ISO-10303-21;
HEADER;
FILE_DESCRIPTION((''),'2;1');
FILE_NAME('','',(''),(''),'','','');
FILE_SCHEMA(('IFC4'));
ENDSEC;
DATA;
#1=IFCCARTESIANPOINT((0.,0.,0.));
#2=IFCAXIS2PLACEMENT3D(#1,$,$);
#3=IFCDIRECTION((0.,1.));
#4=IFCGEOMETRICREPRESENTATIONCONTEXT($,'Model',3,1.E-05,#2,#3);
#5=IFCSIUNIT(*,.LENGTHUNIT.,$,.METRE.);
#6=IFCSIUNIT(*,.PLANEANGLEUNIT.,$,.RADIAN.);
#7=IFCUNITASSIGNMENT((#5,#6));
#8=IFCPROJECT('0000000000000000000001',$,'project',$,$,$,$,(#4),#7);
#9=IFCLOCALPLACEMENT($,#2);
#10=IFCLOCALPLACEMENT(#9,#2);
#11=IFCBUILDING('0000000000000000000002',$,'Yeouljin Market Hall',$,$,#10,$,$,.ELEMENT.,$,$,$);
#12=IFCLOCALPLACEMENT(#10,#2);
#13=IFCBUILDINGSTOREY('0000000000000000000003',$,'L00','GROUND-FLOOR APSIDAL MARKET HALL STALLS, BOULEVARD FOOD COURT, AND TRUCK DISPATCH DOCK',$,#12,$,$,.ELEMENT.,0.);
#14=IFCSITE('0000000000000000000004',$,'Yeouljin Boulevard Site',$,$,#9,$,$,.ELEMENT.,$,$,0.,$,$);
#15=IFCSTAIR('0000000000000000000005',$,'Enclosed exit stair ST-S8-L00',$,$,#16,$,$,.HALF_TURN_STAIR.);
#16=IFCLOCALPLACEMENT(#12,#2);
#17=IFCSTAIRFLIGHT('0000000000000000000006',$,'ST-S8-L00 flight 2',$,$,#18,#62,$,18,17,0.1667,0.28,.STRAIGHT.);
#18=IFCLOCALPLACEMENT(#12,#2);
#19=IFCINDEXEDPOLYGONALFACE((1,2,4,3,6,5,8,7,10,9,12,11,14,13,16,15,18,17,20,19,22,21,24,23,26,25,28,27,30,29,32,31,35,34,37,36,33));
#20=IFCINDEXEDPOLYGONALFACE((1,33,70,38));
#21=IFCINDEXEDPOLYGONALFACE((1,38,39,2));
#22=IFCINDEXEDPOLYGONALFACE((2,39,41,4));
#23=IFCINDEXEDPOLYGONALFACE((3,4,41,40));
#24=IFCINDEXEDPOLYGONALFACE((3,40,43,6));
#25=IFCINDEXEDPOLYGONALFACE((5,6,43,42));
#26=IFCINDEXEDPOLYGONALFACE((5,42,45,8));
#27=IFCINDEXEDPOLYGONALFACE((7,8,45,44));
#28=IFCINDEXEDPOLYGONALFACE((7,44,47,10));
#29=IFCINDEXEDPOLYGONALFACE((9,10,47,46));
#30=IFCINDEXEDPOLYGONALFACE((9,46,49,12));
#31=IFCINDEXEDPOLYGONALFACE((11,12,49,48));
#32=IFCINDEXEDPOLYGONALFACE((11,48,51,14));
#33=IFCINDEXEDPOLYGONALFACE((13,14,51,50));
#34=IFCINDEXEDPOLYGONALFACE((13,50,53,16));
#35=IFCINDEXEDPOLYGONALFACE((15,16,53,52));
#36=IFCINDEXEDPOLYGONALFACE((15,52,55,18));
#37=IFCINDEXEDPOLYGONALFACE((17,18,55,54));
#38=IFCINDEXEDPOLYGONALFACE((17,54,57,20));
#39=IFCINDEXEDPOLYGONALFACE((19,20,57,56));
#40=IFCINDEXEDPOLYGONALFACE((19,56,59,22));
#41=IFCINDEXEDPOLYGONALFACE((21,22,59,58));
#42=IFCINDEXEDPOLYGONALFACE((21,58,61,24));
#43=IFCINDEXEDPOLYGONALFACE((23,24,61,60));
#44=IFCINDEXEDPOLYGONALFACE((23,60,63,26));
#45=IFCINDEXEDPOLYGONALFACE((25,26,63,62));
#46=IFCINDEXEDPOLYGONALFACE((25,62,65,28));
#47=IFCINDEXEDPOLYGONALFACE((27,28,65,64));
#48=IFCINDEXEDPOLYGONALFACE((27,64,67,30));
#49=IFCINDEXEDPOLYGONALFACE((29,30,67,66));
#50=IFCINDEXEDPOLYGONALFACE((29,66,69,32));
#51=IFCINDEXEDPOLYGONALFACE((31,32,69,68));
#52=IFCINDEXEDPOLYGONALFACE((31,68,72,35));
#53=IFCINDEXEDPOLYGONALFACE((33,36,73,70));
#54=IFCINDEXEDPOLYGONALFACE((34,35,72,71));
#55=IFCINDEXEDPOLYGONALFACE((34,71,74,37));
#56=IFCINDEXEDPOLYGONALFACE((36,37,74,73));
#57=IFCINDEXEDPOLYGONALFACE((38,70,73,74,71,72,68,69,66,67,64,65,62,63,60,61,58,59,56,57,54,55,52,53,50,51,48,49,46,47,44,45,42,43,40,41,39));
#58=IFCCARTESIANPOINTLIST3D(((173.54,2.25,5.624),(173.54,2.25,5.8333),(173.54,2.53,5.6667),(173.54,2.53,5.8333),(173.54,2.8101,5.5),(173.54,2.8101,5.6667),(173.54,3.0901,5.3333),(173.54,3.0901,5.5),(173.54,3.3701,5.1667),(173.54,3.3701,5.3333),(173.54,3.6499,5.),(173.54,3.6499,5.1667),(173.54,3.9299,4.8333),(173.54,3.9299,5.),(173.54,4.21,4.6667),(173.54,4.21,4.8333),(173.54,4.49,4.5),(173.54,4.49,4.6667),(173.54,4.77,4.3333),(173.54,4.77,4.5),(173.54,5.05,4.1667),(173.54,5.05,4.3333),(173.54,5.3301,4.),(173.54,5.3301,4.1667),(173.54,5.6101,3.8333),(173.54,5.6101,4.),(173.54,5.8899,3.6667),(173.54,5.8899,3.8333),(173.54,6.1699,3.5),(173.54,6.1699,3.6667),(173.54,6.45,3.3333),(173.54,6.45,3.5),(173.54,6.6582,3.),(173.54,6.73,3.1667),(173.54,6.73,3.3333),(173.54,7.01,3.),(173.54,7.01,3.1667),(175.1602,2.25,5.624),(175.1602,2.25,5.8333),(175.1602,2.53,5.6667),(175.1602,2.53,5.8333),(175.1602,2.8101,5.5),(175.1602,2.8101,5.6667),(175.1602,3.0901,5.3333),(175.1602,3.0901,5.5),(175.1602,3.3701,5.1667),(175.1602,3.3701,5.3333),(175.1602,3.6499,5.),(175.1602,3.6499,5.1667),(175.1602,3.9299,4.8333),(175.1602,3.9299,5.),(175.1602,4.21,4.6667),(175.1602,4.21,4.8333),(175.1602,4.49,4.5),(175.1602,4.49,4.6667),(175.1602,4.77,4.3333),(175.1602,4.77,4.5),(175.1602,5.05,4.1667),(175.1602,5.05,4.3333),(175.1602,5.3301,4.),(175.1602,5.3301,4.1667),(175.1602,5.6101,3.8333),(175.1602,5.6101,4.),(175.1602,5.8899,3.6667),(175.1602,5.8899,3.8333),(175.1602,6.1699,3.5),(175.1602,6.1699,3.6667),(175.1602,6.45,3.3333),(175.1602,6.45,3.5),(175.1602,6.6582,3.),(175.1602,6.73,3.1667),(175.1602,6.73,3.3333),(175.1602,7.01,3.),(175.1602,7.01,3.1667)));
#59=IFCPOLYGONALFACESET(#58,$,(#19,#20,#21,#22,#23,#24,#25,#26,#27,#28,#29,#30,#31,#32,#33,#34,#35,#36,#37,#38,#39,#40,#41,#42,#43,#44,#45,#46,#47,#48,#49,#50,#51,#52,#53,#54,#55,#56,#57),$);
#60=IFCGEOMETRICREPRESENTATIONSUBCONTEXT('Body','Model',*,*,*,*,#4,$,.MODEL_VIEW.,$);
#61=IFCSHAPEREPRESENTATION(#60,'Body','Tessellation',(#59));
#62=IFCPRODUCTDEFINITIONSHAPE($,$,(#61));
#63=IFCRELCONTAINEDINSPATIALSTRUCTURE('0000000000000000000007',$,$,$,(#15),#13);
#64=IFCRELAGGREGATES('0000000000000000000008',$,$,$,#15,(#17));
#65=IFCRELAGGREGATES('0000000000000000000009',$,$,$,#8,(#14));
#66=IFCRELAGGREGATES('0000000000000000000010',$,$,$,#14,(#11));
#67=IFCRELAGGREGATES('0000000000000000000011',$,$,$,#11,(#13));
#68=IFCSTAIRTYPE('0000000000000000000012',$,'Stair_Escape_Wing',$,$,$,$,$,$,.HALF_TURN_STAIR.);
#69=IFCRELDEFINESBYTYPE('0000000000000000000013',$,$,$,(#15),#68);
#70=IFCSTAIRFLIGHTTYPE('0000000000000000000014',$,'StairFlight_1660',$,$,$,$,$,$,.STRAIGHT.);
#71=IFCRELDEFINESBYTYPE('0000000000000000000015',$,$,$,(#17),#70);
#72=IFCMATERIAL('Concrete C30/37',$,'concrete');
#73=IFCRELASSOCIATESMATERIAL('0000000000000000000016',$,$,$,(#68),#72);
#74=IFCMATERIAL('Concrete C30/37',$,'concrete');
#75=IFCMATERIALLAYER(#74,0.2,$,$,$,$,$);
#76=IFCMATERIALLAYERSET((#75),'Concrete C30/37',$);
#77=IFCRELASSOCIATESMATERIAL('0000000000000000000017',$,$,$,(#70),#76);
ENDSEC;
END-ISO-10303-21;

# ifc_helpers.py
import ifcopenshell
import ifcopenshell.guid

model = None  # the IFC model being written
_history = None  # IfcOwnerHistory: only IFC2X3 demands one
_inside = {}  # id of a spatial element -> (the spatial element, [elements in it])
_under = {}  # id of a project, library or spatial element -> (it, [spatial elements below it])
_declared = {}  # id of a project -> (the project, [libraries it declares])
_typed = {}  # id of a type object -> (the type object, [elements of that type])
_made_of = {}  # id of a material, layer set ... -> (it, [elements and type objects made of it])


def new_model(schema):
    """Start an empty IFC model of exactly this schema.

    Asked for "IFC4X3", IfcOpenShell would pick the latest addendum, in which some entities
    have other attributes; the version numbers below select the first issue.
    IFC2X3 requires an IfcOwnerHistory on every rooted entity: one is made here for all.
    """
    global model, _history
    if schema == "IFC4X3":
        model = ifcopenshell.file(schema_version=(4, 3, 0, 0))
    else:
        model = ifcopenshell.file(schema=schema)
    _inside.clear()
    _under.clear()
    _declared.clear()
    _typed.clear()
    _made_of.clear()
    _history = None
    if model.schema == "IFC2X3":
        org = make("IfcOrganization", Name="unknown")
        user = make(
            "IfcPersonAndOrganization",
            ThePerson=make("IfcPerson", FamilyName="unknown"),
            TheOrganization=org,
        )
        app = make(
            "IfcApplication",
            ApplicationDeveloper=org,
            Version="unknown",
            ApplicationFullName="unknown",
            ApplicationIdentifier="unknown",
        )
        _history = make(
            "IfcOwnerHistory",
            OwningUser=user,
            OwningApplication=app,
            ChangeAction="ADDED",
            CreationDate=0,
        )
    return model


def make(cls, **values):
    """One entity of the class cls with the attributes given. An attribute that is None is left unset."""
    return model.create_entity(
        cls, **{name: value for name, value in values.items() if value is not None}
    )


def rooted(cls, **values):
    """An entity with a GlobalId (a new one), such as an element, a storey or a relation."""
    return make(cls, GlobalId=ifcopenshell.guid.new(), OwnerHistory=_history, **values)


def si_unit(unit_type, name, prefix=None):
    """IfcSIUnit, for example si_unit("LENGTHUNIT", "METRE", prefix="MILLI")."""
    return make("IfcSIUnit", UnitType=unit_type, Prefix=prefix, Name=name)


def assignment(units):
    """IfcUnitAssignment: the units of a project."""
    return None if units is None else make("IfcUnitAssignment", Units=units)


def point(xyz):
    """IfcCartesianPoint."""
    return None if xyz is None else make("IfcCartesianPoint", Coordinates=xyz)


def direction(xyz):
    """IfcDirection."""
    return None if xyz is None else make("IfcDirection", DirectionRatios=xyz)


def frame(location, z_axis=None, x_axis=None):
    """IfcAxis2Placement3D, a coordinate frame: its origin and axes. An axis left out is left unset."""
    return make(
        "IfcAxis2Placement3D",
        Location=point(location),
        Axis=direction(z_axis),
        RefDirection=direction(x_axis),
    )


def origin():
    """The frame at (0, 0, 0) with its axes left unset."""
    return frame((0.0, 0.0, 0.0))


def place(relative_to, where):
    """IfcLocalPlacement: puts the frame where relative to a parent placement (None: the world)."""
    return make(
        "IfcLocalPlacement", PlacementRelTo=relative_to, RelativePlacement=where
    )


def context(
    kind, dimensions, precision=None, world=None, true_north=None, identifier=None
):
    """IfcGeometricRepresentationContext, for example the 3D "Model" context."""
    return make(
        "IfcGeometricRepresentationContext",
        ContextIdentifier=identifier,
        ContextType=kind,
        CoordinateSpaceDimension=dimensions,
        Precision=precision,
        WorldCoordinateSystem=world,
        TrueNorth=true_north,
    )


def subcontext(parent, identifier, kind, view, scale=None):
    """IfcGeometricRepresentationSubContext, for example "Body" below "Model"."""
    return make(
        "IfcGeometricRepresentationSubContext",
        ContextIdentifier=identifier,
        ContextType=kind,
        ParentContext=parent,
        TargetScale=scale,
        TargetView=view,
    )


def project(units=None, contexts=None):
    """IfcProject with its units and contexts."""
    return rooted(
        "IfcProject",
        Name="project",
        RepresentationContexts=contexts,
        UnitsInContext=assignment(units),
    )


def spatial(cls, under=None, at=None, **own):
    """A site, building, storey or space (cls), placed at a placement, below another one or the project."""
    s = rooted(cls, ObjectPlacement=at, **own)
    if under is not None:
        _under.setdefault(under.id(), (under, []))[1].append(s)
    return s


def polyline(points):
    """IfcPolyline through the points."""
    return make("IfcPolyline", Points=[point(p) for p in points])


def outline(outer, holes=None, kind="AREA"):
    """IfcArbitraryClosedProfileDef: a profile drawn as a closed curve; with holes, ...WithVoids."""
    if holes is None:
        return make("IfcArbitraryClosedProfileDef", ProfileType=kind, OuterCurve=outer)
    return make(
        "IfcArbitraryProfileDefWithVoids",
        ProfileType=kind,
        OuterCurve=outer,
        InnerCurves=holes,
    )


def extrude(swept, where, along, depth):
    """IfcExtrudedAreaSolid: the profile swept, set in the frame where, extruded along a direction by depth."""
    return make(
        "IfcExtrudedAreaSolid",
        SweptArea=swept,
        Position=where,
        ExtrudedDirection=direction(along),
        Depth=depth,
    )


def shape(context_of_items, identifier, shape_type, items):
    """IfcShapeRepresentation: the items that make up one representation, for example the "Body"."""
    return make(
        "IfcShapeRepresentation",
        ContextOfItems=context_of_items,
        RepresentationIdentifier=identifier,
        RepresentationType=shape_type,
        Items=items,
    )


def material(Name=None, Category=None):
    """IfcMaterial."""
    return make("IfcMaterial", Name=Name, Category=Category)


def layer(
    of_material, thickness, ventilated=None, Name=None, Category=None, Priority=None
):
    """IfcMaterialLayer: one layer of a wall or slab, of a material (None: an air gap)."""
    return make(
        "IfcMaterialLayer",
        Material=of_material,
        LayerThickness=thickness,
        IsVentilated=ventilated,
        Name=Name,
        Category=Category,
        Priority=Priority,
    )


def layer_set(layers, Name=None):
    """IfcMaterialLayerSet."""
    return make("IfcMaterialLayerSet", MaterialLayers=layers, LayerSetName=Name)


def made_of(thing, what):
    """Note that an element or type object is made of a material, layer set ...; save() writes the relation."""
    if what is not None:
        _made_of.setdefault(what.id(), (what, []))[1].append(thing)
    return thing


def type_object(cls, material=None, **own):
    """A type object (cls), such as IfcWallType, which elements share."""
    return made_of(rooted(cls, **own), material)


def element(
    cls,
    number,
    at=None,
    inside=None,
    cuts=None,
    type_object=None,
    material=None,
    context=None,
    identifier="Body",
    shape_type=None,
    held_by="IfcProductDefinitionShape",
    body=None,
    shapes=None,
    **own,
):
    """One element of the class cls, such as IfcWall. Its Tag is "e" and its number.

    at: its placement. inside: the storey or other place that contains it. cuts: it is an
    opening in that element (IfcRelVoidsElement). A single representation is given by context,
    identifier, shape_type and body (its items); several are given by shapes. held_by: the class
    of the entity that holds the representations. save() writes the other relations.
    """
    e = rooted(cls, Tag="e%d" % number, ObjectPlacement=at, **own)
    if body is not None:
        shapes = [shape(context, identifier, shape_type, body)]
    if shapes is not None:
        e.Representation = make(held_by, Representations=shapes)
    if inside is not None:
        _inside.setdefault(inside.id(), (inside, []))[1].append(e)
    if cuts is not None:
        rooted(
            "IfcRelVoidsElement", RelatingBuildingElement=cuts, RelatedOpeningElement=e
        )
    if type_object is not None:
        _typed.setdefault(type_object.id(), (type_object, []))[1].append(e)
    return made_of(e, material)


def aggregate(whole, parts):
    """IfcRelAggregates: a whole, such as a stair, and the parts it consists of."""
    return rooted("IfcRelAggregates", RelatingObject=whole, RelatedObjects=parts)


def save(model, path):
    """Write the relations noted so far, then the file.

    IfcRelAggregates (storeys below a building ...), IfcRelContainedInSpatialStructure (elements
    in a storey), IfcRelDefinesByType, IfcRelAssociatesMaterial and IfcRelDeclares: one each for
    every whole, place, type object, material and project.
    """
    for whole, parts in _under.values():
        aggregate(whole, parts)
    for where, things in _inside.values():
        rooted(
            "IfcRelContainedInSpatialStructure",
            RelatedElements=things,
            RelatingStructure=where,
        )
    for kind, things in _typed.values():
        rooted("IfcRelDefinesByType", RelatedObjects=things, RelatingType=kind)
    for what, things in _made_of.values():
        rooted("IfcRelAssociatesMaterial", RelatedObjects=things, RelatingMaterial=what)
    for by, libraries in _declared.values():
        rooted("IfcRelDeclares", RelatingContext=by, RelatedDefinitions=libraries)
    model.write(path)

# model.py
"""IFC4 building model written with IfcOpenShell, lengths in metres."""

from ifc_helpers import new_model, si_unit, direction, frame, origin, place, context, subcontext, project, spatial, polyline, outline, extrude, material, layer, layer_set, type_object, element, aggregate, save


model = new_model("IFC4")

# Units and contexts
model_context = context("Model", 3, precision=1e-05, world=origin(), true_north=direction((0.0, 1.0)))
body_context = subcontext(model_context, "Body", "Model", "MODEL_VIEW")
ifc_project = project(units=[si_unit("LENGTHUNIT", "METRE"), si_unit("PLANEANGLEUNIT", "RADIAN")], contexts=[model_context])

# Site, building, storey
site_placement = place(None, origin())
site = spatial("IfcSite", under=ifc_project, at=site_placement, Name="Yeouljin Boulevard Site", CompositionType="ELEMENT", RefElevation=0.0)
building_placement = place(site_placement, origin())
building = spatial("IfcBuilding", under=site, at=building_placement, Name="Yeouljin Market Hall", CompositionType="ELEMENT")
storey_placement = place(building_placement, origin())
storey = spatial("IfcBuildingStorey", under=building, at=storey_placement, Name="L00", Description="GROUND-FLOOR APSIDAL MARKET HALL STALLS, BOULEVARD FOOD COURT, AND TRUCK DISPATCH DOCK", CompositionType="ELEMENT", Elevation=0.0)

# Stair, stair flight
ifc_material_1 = material(Name="Concrete C30/37", Category="concrete")
stair_type = type_object("IfcStairType", Name="Stair_Escape_Wing", PredefinedType="HALF_TURN_STAIR", material=ifc_material_1)
stair_placement = place(storey_placement, origin())
stair = element("IfcStair", 1, at=stair_placement, inside=storey, type_object=stair_type, Name="Enclosed exit stair ST-S8-L00", PredefinedType="HALF_TURN_STAIR")
ifc_material_2 = material(Name="Concrete C30/37", Category="concrete")
ifc_layer_1 = layer(ifc_material_2, 0.2)
ifc_layer_set_1 = layer_set([ifc_layer_1], Name="Concrete C30/37")
stair_flight_type = type_object("IfcStairFlightType", Name="StairFlight_1660", PredefinedType="STRAIGHT", material=ifc_layer_set_1)
stair_flight_1_placement = place(storey_placement, frame((174.3501, 7.01, 3.0), z_axis=(0.0, 0.0, 1.0), x_axis=(0.0, -1.0, 0.0)))
stair_flight_1 = element("IfcStairFlight", 2, at=stair_flight_1_placement, type_object=stair_flight_type, Name="ST-S8-L00 flight 2", NumberOfRisers=18, NumberOfTreads=17, PredefinedType="STRAIGHT", RiserHeight=0.1667, TreadLength=0.28, context=body_context, shape_type="SweptSolid", body=[
    extrude(outline(polyline([(0.0, 0.0), (0.0, 0.1667), (0.28, 0.1667), (0.28, 0.3333), (0.5601, 0.3333), (0.5601, 0.5), (0.8401, 0.5), (0.8401, 0.6667), (1.1201, 0.6667), (1.1201, 0.8333), (1.3999, 0.8333), (1.3999, 1.0), (1.6799, 1.0), (1.6799, 1.1667), (1.96, 1.1667), (1.96, 1.3333), (2.24, 1.3333), (2.24, 1.5), (2.52, 1.5), (2.52, 1.6667), (2.8, 1.6667), (2.8, 1.8333), (3.0801, 1.8333), (3.0801, 2.0), (3.3601, 2.0), (3.3601, 2.1667), (3.6399, 2.1667), (3.6399, 2.3333), (3.9199, 2.3333), (3.9199, 2.5), (4.2, 2.5), (4.2, 2.6667), (4.48, 2.6667), (4.48, 2.8333), (4.76, 2.8333), (4.76, 3.0), (4.76, 2.624), (0.3518, 0.0), (0.0, 0.0)])), frame((0.0, 0.8101, 0.0), z_axis=(0.0, -1.0, 0.0), x_axis=(1.0, 0.0, 0.0)), (0.0, 0.0, 1.0), 1.6201),
])
aggregate(stair, [stair_flight_1])

save(model, "model.ifc")
